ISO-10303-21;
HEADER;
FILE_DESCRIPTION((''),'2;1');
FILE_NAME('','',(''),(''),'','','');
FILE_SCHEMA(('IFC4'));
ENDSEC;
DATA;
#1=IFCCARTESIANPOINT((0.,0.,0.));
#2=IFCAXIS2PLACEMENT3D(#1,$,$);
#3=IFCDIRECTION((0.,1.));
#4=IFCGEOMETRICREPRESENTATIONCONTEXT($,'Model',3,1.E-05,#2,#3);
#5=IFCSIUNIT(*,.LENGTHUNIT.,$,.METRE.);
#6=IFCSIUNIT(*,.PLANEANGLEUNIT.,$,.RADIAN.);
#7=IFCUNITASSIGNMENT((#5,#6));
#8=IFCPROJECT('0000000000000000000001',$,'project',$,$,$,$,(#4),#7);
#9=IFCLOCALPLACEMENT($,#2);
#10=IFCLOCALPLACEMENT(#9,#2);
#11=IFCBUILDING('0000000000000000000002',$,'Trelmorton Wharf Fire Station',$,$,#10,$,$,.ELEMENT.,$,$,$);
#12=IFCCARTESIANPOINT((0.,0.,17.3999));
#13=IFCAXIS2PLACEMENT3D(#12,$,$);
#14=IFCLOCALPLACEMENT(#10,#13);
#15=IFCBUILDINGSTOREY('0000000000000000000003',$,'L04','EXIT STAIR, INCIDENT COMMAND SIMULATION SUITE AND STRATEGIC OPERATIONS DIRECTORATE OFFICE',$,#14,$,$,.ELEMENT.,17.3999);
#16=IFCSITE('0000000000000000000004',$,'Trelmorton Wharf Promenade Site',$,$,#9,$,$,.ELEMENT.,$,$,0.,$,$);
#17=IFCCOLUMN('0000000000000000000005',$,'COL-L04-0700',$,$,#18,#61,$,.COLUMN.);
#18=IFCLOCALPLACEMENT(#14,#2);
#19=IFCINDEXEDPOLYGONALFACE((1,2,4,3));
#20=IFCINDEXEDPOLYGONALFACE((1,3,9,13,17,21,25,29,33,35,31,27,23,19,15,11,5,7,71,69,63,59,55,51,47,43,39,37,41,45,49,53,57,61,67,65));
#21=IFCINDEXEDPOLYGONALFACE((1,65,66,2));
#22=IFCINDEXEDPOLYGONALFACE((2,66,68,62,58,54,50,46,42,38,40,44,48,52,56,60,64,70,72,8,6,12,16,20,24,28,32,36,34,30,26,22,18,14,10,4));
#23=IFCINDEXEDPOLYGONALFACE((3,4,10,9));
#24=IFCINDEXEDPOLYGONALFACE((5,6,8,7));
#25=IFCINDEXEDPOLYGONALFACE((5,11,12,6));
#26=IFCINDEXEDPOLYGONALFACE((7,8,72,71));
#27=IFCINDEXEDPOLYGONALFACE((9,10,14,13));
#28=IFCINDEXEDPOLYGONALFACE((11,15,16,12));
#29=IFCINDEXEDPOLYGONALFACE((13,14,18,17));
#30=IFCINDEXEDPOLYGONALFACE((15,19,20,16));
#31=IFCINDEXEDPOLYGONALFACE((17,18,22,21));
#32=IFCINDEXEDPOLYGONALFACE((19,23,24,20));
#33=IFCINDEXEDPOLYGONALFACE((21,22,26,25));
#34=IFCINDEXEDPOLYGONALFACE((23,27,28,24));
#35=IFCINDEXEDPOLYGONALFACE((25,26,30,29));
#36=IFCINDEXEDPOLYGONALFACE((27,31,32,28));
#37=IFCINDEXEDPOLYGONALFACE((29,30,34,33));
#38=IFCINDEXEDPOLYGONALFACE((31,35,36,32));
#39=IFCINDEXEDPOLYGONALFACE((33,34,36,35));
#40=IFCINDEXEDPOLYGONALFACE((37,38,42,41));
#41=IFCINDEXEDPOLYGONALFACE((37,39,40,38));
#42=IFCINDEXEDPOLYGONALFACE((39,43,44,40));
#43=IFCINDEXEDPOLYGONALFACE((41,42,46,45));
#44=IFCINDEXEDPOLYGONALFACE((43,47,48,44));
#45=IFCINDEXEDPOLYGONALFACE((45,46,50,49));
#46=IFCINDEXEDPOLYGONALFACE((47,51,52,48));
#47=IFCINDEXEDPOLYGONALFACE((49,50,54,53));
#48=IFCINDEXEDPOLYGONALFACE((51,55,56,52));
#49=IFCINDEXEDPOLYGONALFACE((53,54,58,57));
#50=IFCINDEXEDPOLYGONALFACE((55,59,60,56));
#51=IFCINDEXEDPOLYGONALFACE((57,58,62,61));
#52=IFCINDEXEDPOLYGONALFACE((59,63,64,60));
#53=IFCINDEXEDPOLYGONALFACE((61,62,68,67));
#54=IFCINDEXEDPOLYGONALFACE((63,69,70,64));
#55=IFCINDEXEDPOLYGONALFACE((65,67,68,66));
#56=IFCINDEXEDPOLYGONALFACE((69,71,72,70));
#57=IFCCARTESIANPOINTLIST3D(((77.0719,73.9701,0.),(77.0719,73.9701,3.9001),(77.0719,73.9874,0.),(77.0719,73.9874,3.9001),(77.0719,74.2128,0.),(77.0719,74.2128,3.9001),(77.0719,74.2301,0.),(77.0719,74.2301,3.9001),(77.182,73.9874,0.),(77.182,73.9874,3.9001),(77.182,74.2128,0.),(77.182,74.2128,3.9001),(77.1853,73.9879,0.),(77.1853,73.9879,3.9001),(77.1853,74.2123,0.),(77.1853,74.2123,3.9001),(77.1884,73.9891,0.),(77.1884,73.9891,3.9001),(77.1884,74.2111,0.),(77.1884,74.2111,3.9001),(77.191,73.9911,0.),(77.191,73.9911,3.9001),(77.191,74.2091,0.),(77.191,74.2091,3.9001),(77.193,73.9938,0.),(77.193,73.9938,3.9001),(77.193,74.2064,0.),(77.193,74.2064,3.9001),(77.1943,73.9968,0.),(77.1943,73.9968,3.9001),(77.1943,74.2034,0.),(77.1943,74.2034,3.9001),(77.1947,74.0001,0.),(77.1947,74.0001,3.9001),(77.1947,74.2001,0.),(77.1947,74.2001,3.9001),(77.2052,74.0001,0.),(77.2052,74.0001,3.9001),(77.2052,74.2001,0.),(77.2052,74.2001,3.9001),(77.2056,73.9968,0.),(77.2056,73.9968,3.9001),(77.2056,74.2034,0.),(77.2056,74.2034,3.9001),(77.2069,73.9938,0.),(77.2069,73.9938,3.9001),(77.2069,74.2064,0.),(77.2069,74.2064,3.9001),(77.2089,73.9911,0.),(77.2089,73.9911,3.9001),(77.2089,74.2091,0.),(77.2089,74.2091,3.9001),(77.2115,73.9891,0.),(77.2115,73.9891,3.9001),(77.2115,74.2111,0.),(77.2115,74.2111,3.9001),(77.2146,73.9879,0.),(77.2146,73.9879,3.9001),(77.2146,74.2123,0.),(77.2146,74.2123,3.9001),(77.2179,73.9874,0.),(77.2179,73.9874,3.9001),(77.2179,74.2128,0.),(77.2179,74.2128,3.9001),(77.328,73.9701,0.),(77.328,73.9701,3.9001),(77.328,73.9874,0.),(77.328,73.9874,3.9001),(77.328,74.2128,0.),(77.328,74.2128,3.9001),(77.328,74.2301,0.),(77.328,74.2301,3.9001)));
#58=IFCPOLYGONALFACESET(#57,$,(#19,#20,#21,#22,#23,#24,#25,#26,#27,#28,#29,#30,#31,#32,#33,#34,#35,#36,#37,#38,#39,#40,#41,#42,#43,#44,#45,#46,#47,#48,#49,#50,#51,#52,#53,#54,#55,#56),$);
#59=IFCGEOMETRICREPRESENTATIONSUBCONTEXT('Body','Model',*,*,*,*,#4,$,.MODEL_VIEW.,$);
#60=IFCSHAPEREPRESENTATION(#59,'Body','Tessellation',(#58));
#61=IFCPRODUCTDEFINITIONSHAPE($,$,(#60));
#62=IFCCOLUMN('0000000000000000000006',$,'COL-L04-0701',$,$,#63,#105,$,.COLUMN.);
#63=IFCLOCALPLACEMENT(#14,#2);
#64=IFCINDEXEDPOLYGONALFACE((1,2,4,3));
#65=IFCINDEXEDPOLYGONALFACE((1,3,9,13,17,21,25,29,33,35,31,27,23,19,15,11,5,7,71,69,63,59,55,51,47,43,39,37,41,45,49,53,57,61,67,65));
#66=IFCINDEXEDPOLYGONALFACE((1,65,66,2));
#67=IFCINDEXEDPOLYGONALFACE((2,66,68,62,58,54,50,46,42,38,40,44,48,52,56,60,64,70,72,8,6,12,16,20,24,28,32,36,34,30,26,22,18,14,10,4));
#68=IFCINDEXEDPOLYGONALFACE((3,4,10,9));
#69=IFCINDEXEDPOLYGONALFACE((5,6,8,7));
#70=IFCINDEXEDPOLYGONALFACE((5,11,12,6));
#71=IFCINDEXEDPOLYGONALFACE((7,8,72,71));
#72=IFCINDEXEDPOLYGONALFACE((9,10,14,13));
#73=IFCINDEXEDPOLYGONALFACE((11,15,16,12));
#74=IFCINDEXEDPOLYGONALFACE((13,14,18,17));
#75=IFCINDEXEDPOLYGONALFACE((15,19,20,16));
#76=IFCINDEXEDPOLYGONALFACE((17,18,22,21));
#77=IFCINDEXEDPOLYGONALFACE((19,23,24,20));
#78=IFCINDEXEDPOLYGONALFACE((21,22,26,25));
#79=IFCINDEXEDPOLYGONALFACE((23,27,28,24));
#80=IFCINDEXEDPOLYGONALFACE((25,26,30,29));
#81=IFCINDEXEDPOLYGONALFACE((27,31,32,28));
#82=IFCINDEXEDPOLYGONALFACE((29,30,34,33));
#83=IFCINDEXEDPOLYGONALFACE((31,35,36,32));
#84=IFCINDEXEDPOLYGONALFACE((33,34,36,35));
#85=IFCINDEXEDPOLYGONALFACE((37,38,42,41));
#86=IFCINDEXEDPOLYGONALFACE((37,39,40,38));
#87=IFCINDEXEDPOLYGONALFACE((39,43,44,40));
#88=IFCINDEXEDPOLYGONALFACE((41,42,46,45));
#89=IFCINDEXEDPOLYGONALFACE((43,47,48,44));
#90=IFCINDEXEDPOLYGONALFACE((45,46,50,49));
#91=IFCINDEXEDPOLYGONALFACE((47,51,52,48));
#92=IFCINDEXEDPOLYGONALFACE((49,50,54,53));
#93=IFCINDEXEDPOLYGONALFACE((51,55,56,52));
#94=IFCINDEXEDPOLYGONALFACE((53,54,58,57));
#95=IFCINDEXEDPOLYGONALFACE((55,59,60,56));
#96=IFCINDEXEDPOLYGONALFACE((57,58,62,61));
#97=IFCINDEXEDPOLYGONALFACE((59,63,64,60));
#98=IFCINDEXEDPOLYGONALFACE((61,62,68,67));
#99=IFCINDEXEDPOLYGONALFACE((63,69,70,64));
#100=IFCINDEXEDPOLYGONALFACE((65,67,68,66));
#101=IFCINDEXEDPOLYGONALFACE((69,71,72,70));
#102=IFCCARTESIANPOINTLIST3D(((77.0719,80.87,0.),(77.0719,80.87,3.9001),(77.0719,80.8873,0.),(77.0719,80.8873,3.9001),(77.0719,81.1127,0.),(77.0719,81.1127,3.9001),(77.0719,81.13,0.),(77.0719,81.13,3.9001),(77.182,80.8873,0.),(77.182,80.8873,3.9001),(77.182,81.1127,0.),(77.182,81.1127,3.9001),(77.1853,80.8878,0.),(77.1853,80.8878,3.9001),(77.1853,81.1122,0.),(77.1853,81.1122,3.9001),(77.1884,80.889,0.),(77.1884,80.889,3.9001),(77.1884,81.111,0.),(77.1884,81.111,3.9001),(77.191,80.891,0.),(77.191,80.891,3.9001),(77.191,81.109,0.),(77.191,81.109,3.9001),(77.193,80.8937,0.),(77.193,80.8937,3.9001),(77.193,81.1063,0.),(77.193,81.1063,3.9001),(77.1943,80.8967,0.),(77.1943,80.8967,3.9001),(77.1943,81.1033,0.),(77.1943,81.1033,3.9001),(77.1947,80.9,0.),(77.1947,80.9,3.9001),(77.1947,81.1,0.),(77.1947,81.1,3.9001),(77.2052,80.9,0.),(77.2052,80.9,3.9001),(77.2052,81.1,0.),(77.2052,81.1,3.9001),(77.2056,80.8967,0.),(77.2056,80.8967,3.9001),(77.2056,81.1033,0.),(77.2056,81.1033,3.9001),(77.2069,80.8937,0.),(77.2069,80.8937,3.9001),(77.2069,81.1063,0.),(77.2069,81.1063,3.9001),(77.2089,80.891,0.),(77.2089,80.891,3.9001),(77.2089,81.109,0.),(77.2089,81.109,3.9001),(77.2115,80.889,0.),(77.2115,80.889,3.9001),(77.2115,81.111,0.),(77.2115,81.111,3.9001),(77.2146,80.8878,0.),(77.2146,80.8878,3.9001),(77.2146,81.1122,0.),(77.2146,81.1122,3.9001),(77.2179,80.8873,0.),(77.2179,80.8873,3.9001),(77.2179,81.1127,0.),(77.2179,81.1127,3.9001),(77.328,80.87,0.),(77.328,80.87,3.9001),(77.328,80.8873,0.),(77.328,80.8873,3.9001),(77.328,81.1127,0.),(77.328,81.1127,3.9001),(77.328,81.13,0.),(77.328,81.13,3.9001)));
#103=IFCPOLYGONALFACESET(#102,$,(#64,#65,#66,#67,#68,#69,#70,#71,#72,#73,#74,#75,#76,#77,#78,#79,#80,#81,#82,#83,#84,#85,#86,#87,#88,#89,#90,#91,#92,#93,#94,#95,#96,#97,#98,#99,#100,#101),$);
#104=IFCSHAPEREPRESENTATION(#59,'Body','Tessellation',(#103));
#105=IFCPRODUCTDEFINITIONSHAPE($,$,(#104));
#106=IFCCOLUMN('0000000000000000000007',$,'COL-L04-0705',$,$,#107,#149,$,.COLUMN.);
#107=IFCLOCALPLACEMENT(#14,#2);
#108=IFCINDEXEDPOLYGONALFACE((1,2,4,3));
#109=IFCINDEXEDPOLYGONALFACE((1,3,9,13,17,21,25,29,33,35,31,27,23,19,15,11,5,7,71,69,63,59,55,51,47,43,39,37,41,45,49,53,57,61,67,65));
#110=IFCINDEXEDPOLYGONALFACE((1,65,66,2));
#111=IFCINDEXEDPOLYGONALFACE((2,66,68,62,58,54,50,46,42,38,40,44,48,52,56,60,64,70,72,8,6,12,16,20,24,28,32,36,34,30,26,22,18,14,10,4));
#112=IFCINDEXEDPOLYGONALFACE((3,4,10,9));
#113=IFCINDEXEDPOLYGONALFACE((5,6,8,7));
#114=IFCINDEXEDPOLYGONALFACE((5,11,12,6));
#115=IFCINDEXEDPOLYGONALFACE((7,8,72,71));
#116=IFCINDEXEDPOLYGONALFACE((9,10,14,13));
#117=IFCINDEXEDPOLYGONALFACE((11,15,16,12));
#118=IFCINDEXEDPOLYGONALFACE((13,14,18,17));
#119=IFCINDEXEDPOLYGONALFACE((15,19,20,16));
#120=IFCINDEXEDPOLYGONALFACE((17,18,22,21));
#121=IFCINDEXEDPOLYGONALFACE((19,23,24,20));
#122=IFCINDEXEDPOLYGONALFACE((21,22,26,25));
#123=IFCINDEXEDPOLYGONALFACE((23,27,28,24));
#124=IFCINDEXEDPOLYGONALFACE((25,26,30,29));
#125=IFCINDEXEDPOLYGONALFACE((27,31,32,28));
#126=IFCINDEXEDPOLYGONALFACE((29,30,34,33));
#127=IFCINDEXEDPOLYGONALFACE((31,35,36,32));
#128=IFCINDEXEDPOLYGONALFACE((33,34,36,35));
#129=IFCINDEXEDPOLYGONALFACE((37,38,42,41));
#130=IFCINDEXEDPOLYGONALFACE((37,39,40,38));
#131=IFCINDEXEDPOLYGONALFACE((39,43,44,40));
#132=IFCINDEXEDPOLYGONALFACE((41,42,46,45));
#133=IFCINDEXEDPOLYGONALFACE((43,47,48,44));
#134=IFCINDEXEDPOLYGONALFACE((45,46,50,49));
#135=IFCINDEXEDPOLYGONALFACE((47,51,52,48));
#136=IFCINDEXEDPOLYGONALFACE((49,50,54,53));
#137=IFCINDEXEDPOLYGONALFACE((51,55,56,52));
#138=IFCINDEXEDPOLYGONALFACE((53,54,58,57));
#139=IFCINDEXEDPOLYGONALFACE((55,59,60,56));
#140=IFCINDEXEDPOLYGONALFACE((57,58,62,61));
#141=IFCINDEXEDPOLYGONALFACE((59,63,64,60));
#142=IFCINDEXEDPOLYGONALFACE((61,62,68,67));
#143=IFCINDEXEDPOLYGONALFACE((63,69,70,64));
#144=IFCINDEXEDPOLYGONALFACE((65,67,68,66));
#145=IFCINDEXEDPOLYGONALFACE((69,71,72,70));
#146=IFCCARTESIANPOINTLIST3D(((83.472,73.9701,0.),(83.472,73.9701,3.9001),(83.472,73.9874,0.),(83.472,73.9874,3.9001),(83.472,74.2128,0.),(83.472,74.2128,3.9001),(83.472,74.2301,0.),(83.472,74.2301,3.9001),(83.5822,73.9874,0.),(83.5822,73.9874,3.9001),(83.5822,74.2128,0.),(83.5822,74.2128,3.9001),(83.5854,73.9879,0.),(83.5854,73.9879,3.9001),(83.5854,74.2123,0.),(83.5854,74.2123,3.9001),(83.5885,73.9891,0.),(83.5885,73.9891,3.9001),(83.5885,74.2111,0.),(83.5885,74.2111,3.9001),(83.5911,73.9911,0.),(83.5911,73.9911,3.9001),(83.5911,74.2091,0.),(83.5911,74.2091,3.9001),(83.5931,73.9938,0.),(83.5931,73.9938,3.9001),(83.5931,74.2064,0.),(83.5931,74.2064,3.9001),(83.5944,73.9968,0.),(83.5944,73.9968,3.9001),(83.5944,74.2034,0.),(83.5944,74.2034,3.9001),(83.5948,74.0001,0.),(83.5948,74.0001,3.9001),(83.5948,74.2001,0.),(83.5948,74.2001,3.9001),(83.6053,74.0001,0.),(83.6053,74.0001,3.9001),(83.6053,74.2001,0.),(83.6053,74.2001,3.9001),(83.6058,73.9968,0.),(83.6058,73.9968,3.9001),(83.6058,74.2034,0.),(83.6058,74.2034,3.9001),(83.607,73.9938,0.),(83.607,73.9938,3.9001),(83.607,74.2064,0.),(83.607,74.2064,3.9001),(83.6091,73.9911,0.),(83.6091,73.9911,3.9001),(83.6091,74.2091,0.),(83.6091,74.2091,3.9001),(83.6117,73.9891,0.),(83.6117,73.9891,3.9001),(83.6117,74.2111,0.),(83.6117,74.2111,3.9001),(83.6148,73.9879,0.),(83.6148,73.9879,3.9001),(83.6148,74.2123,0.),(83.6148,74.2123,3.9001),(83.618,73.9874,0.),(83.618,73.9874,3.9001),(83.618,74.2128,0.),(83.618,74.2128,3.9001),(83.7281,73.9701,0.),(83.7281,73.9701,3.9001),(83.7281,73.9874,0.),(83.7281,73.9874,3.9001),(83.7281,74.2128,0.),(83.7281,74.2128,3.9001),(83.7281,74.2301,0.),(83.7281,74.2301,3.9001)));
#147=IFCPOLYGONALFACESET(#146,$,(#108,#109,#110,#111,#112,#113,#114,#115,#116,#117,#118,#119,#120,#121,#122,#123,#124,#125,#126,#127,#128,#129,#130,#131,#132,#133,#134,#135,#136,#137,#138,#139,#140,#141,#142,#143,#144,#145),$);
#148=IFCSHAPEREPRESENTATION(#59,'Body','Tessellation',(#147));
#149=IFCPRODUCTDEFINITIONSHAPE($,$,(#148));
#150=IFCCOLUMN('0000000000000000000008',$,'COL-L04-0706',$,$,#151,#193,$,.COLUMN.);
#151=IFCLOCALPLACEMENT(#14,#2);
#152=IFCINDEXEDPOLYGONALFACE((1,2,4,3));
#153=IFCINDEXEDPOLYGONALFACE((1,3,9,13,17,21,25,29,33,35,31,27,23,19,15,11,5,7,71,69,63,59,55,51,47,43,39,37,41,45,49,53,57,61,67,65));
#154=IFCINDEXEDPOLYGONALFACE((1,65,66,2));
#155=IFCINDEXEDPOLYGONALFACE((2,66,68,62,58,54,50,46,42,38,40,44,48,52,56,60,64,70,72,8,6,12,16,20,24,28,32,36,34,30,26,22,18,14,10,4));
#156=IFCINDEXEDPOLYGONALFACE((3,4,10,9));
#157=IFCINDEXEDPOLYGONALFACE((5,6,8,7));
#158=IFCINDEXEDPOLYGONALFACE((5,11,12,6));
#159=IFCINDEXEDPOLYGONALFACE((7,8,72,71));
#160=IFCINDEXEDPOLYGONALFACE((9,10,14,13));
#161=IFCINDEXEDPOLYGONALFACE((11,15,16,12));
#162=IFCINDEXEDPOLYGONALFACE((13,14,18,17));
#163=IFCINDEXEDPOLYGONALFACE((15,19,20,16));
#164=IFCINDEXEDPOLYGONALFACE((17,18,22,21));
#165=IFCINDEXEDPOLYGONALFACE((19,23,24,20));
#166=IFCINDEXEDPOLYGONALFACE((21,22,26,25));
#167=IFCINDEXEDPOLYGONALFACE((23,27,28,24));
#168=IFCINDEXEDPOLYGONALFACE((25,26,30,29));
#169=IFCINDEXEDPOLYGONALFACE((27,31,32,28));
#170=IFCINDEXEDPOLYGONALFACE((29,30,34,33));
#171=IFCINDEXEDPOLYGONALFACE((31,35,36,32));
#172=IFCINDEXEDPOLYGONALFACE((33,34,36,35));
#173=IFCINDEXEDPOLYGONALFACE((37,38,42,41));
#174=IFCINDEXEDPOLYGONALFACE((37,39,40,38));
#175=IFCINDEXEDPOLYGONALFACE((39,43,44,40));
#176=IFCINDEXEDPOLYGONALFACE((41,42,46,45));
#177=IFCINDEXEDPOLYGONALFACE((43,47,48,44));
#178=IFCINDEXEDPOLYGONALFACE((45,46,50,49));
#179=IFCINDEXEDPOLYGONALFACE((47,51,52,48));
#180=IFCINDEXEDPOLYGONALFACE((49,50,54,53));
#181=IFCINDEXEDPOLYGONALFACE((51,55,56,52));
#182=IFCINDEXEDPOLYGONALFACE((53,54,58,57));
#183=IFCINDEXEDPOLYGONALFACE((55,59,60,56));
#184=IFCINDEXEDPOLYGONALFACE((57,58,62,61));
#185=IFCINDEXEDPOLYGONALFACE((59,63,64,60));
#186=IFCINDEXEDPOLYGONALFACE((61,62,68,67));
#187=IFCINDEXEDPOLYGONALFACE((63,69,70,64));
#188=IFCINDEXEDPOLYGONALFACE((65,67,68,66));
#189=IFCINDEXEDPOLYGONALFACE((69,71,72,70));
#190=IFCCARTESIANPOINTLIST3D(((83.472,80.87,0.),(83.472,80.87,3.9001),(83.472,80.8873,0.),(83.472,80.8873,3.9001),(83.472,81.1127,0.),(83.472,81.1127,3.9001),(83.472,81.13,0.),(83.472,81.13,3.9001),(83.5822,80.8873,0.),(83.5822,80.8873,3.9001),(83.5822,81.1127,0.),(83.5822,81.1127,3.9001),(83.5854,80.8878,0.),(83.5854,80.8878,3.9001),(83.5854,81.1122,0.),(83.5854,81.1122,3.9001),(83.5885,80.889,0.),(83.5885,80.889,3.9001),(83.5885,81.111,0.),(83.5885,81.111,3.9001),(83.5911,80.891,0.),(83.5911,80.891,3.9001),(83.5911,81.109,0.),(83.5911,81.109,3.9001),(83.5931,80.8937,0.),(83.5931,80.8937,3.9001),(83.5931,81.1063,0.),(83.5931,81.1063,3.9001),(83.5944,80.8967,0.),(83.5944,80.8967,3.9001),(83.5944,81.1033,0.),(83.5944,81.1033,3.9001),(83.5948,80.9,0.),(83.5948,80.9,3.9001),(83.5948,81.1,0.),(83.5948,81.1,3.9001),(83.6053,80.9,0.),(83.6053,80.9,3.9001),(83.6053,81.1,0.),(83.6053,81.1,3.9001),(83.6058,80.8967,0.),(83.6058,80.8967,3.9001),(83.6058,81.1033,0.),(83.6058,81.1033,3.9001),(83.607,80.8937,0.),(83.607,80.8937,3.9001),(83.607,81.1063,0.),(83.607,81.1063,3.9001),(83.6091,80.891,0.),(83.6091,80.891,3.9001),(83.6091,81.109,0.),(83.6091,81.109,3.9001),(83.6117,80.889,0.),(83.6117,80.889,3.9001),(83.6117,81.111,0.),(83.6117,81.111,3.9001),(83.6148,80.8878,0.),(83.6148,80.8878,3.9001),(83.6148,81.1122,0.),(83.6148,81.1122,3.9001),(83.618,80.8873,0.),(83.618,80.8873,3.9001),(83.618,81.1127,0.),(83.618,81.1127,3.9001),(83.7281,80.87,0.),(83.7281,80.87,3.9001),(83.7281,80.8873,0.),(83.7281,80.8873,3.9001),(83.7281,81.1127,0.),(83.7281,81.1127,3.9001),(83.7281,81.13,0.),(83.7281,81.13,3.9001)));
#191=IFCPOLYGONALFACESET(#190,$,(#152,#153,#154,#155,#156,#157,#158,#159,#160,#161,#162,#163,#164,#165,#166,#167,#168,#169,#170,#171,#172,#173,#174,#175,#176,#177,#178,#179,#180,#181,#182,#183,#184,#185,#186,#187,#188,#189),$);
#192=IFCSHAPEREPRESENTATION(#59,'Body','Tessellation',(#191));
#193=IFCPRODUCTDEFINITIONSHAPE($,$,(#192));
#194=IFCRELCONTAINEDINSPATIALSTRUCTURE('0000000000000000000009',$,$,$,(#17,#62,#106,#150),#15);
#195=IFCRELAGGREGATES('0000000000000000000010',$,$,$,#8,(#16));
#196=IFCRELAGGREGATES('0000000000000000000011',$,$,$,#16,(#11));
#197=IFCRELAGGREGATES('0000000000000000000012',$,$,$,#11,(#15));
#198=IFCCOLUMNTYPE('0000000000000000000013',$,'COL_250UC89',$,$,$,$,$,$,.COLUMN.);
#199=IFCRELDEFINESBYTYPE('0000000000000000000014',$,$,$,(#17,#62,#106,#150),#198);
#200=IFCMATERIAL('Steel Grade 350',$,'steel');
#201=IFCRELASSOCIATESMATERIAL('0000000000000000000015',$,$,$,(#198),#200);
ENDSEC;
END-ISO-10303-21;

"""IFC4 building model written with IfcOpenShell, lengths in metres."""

from ifc_helpers import new_model, si_unit, direction, frame, origin, origin_2d, place, context, subcontext, project, spatial, i_section, extrude, material, material_profile, profile_set, type_object, element, save


model = new_model("IFC4")

# Units and contexts
model_context = context("Model", 3, precision=1e-05, world=origin(), true_north=direction((0.0, 1.0)))
body_context = subcontext(model_context, "Body", "Model", "MODEL_VIEW")
ifc_project = project(units=[si_unit("LENGTHUNIT", "METRE"), si_unit("PLANEANGLEUNIT", "RADIAN")], contexts=[model_context])

# Site, building, storey
site_placement = place(None, origin())
site = spatial("IfcSite", under=ifc_project, at=site_placement, Name="Trelmorton Wharf Promenade Site", CompositionType="ELEMENT", RefElevation=0.0)
building_placement = place(site_placement, origin())
building = spatial("IfcBuilding", under=site, at=building_placement, Name="Trelmorton Wharf Fire Station", CompositionType="ELEMENT")
storey_placement = place(building_placement, frame((0.0, 0.0, 17.3999)))
storey = spatial("IfcBuildingStorey", under=building, at=storey_placement, Name="L04", Description="EXIT STAIR, INCIDENT COMMAND SIMULATION SUITE AND STRATEGIC OPERATIONS DIRECTORATE OFFICE", CompositionType="ELEMENT", Elevation=17.3999)

# Columns
ifc_material_1 = material(Name="Steel Grade 350", Category="steel")
ifc_material_profile_1 = material_profile(ifc_material_1, i_section(OverallWidth=0.2561, OverallDepth=0.26, WebThickness=0.0105, FlangeThickness=0.0173, FilletRadius=0.0127, at=origin_2d()), Name="250UC89.5")
ifc_profile_set_1 = profile_set([ifc_material_profile_1], Name="Steel Grade 350")
column_type = type_object("IfcColumnType", Name="COL_250UC89", PredefinedType="COLUMN", material=ifc_profile_set_1)
for number, where, z_axis, x_axis, name in (
    (1, (77.2, 74.1001, 0.0), (0.0, 0.0, 1.0), (1.0, 0.0, 0.0), "COL-L04-0700"),
    (2, (77.2, 81.0, 0.0), (0.0, 0.0, 1.0), (1.0, 0.0, 0.0), "COL-L04-0701"),
    (3, (83.6001, 74.1001, 0.0), (0.0, 0.0, 1.0), (1.0, 0.0, 0.0), "COL-L04-0705"),
    (4, (83.6001, 81.0, 0.0), (0.0, 0.0, 1.0), (1.0, 0.0, 0.0), "COL-L04-0706"),
):
    element("IfcColumn", number, at=place(storey_placement, frame(where, z_axis=z_axis, x_axis=x_axis)), inside=storey, type_object=column_type, Name=name, PredefinedType="COLUMN", context=body_context, shape_type="SweptSolid", body=[
        extrude(i_section(OverallWidth=0.2561, OverallDepth=0.26, WebThickness=0.0105, FlangeThickness=0.0173, FilletRadius=0.0127, at=origin_2d()), origin(), (0.0, 0.0, 1.0), 3.9001),
    ])

save(model, "model.ifc")
